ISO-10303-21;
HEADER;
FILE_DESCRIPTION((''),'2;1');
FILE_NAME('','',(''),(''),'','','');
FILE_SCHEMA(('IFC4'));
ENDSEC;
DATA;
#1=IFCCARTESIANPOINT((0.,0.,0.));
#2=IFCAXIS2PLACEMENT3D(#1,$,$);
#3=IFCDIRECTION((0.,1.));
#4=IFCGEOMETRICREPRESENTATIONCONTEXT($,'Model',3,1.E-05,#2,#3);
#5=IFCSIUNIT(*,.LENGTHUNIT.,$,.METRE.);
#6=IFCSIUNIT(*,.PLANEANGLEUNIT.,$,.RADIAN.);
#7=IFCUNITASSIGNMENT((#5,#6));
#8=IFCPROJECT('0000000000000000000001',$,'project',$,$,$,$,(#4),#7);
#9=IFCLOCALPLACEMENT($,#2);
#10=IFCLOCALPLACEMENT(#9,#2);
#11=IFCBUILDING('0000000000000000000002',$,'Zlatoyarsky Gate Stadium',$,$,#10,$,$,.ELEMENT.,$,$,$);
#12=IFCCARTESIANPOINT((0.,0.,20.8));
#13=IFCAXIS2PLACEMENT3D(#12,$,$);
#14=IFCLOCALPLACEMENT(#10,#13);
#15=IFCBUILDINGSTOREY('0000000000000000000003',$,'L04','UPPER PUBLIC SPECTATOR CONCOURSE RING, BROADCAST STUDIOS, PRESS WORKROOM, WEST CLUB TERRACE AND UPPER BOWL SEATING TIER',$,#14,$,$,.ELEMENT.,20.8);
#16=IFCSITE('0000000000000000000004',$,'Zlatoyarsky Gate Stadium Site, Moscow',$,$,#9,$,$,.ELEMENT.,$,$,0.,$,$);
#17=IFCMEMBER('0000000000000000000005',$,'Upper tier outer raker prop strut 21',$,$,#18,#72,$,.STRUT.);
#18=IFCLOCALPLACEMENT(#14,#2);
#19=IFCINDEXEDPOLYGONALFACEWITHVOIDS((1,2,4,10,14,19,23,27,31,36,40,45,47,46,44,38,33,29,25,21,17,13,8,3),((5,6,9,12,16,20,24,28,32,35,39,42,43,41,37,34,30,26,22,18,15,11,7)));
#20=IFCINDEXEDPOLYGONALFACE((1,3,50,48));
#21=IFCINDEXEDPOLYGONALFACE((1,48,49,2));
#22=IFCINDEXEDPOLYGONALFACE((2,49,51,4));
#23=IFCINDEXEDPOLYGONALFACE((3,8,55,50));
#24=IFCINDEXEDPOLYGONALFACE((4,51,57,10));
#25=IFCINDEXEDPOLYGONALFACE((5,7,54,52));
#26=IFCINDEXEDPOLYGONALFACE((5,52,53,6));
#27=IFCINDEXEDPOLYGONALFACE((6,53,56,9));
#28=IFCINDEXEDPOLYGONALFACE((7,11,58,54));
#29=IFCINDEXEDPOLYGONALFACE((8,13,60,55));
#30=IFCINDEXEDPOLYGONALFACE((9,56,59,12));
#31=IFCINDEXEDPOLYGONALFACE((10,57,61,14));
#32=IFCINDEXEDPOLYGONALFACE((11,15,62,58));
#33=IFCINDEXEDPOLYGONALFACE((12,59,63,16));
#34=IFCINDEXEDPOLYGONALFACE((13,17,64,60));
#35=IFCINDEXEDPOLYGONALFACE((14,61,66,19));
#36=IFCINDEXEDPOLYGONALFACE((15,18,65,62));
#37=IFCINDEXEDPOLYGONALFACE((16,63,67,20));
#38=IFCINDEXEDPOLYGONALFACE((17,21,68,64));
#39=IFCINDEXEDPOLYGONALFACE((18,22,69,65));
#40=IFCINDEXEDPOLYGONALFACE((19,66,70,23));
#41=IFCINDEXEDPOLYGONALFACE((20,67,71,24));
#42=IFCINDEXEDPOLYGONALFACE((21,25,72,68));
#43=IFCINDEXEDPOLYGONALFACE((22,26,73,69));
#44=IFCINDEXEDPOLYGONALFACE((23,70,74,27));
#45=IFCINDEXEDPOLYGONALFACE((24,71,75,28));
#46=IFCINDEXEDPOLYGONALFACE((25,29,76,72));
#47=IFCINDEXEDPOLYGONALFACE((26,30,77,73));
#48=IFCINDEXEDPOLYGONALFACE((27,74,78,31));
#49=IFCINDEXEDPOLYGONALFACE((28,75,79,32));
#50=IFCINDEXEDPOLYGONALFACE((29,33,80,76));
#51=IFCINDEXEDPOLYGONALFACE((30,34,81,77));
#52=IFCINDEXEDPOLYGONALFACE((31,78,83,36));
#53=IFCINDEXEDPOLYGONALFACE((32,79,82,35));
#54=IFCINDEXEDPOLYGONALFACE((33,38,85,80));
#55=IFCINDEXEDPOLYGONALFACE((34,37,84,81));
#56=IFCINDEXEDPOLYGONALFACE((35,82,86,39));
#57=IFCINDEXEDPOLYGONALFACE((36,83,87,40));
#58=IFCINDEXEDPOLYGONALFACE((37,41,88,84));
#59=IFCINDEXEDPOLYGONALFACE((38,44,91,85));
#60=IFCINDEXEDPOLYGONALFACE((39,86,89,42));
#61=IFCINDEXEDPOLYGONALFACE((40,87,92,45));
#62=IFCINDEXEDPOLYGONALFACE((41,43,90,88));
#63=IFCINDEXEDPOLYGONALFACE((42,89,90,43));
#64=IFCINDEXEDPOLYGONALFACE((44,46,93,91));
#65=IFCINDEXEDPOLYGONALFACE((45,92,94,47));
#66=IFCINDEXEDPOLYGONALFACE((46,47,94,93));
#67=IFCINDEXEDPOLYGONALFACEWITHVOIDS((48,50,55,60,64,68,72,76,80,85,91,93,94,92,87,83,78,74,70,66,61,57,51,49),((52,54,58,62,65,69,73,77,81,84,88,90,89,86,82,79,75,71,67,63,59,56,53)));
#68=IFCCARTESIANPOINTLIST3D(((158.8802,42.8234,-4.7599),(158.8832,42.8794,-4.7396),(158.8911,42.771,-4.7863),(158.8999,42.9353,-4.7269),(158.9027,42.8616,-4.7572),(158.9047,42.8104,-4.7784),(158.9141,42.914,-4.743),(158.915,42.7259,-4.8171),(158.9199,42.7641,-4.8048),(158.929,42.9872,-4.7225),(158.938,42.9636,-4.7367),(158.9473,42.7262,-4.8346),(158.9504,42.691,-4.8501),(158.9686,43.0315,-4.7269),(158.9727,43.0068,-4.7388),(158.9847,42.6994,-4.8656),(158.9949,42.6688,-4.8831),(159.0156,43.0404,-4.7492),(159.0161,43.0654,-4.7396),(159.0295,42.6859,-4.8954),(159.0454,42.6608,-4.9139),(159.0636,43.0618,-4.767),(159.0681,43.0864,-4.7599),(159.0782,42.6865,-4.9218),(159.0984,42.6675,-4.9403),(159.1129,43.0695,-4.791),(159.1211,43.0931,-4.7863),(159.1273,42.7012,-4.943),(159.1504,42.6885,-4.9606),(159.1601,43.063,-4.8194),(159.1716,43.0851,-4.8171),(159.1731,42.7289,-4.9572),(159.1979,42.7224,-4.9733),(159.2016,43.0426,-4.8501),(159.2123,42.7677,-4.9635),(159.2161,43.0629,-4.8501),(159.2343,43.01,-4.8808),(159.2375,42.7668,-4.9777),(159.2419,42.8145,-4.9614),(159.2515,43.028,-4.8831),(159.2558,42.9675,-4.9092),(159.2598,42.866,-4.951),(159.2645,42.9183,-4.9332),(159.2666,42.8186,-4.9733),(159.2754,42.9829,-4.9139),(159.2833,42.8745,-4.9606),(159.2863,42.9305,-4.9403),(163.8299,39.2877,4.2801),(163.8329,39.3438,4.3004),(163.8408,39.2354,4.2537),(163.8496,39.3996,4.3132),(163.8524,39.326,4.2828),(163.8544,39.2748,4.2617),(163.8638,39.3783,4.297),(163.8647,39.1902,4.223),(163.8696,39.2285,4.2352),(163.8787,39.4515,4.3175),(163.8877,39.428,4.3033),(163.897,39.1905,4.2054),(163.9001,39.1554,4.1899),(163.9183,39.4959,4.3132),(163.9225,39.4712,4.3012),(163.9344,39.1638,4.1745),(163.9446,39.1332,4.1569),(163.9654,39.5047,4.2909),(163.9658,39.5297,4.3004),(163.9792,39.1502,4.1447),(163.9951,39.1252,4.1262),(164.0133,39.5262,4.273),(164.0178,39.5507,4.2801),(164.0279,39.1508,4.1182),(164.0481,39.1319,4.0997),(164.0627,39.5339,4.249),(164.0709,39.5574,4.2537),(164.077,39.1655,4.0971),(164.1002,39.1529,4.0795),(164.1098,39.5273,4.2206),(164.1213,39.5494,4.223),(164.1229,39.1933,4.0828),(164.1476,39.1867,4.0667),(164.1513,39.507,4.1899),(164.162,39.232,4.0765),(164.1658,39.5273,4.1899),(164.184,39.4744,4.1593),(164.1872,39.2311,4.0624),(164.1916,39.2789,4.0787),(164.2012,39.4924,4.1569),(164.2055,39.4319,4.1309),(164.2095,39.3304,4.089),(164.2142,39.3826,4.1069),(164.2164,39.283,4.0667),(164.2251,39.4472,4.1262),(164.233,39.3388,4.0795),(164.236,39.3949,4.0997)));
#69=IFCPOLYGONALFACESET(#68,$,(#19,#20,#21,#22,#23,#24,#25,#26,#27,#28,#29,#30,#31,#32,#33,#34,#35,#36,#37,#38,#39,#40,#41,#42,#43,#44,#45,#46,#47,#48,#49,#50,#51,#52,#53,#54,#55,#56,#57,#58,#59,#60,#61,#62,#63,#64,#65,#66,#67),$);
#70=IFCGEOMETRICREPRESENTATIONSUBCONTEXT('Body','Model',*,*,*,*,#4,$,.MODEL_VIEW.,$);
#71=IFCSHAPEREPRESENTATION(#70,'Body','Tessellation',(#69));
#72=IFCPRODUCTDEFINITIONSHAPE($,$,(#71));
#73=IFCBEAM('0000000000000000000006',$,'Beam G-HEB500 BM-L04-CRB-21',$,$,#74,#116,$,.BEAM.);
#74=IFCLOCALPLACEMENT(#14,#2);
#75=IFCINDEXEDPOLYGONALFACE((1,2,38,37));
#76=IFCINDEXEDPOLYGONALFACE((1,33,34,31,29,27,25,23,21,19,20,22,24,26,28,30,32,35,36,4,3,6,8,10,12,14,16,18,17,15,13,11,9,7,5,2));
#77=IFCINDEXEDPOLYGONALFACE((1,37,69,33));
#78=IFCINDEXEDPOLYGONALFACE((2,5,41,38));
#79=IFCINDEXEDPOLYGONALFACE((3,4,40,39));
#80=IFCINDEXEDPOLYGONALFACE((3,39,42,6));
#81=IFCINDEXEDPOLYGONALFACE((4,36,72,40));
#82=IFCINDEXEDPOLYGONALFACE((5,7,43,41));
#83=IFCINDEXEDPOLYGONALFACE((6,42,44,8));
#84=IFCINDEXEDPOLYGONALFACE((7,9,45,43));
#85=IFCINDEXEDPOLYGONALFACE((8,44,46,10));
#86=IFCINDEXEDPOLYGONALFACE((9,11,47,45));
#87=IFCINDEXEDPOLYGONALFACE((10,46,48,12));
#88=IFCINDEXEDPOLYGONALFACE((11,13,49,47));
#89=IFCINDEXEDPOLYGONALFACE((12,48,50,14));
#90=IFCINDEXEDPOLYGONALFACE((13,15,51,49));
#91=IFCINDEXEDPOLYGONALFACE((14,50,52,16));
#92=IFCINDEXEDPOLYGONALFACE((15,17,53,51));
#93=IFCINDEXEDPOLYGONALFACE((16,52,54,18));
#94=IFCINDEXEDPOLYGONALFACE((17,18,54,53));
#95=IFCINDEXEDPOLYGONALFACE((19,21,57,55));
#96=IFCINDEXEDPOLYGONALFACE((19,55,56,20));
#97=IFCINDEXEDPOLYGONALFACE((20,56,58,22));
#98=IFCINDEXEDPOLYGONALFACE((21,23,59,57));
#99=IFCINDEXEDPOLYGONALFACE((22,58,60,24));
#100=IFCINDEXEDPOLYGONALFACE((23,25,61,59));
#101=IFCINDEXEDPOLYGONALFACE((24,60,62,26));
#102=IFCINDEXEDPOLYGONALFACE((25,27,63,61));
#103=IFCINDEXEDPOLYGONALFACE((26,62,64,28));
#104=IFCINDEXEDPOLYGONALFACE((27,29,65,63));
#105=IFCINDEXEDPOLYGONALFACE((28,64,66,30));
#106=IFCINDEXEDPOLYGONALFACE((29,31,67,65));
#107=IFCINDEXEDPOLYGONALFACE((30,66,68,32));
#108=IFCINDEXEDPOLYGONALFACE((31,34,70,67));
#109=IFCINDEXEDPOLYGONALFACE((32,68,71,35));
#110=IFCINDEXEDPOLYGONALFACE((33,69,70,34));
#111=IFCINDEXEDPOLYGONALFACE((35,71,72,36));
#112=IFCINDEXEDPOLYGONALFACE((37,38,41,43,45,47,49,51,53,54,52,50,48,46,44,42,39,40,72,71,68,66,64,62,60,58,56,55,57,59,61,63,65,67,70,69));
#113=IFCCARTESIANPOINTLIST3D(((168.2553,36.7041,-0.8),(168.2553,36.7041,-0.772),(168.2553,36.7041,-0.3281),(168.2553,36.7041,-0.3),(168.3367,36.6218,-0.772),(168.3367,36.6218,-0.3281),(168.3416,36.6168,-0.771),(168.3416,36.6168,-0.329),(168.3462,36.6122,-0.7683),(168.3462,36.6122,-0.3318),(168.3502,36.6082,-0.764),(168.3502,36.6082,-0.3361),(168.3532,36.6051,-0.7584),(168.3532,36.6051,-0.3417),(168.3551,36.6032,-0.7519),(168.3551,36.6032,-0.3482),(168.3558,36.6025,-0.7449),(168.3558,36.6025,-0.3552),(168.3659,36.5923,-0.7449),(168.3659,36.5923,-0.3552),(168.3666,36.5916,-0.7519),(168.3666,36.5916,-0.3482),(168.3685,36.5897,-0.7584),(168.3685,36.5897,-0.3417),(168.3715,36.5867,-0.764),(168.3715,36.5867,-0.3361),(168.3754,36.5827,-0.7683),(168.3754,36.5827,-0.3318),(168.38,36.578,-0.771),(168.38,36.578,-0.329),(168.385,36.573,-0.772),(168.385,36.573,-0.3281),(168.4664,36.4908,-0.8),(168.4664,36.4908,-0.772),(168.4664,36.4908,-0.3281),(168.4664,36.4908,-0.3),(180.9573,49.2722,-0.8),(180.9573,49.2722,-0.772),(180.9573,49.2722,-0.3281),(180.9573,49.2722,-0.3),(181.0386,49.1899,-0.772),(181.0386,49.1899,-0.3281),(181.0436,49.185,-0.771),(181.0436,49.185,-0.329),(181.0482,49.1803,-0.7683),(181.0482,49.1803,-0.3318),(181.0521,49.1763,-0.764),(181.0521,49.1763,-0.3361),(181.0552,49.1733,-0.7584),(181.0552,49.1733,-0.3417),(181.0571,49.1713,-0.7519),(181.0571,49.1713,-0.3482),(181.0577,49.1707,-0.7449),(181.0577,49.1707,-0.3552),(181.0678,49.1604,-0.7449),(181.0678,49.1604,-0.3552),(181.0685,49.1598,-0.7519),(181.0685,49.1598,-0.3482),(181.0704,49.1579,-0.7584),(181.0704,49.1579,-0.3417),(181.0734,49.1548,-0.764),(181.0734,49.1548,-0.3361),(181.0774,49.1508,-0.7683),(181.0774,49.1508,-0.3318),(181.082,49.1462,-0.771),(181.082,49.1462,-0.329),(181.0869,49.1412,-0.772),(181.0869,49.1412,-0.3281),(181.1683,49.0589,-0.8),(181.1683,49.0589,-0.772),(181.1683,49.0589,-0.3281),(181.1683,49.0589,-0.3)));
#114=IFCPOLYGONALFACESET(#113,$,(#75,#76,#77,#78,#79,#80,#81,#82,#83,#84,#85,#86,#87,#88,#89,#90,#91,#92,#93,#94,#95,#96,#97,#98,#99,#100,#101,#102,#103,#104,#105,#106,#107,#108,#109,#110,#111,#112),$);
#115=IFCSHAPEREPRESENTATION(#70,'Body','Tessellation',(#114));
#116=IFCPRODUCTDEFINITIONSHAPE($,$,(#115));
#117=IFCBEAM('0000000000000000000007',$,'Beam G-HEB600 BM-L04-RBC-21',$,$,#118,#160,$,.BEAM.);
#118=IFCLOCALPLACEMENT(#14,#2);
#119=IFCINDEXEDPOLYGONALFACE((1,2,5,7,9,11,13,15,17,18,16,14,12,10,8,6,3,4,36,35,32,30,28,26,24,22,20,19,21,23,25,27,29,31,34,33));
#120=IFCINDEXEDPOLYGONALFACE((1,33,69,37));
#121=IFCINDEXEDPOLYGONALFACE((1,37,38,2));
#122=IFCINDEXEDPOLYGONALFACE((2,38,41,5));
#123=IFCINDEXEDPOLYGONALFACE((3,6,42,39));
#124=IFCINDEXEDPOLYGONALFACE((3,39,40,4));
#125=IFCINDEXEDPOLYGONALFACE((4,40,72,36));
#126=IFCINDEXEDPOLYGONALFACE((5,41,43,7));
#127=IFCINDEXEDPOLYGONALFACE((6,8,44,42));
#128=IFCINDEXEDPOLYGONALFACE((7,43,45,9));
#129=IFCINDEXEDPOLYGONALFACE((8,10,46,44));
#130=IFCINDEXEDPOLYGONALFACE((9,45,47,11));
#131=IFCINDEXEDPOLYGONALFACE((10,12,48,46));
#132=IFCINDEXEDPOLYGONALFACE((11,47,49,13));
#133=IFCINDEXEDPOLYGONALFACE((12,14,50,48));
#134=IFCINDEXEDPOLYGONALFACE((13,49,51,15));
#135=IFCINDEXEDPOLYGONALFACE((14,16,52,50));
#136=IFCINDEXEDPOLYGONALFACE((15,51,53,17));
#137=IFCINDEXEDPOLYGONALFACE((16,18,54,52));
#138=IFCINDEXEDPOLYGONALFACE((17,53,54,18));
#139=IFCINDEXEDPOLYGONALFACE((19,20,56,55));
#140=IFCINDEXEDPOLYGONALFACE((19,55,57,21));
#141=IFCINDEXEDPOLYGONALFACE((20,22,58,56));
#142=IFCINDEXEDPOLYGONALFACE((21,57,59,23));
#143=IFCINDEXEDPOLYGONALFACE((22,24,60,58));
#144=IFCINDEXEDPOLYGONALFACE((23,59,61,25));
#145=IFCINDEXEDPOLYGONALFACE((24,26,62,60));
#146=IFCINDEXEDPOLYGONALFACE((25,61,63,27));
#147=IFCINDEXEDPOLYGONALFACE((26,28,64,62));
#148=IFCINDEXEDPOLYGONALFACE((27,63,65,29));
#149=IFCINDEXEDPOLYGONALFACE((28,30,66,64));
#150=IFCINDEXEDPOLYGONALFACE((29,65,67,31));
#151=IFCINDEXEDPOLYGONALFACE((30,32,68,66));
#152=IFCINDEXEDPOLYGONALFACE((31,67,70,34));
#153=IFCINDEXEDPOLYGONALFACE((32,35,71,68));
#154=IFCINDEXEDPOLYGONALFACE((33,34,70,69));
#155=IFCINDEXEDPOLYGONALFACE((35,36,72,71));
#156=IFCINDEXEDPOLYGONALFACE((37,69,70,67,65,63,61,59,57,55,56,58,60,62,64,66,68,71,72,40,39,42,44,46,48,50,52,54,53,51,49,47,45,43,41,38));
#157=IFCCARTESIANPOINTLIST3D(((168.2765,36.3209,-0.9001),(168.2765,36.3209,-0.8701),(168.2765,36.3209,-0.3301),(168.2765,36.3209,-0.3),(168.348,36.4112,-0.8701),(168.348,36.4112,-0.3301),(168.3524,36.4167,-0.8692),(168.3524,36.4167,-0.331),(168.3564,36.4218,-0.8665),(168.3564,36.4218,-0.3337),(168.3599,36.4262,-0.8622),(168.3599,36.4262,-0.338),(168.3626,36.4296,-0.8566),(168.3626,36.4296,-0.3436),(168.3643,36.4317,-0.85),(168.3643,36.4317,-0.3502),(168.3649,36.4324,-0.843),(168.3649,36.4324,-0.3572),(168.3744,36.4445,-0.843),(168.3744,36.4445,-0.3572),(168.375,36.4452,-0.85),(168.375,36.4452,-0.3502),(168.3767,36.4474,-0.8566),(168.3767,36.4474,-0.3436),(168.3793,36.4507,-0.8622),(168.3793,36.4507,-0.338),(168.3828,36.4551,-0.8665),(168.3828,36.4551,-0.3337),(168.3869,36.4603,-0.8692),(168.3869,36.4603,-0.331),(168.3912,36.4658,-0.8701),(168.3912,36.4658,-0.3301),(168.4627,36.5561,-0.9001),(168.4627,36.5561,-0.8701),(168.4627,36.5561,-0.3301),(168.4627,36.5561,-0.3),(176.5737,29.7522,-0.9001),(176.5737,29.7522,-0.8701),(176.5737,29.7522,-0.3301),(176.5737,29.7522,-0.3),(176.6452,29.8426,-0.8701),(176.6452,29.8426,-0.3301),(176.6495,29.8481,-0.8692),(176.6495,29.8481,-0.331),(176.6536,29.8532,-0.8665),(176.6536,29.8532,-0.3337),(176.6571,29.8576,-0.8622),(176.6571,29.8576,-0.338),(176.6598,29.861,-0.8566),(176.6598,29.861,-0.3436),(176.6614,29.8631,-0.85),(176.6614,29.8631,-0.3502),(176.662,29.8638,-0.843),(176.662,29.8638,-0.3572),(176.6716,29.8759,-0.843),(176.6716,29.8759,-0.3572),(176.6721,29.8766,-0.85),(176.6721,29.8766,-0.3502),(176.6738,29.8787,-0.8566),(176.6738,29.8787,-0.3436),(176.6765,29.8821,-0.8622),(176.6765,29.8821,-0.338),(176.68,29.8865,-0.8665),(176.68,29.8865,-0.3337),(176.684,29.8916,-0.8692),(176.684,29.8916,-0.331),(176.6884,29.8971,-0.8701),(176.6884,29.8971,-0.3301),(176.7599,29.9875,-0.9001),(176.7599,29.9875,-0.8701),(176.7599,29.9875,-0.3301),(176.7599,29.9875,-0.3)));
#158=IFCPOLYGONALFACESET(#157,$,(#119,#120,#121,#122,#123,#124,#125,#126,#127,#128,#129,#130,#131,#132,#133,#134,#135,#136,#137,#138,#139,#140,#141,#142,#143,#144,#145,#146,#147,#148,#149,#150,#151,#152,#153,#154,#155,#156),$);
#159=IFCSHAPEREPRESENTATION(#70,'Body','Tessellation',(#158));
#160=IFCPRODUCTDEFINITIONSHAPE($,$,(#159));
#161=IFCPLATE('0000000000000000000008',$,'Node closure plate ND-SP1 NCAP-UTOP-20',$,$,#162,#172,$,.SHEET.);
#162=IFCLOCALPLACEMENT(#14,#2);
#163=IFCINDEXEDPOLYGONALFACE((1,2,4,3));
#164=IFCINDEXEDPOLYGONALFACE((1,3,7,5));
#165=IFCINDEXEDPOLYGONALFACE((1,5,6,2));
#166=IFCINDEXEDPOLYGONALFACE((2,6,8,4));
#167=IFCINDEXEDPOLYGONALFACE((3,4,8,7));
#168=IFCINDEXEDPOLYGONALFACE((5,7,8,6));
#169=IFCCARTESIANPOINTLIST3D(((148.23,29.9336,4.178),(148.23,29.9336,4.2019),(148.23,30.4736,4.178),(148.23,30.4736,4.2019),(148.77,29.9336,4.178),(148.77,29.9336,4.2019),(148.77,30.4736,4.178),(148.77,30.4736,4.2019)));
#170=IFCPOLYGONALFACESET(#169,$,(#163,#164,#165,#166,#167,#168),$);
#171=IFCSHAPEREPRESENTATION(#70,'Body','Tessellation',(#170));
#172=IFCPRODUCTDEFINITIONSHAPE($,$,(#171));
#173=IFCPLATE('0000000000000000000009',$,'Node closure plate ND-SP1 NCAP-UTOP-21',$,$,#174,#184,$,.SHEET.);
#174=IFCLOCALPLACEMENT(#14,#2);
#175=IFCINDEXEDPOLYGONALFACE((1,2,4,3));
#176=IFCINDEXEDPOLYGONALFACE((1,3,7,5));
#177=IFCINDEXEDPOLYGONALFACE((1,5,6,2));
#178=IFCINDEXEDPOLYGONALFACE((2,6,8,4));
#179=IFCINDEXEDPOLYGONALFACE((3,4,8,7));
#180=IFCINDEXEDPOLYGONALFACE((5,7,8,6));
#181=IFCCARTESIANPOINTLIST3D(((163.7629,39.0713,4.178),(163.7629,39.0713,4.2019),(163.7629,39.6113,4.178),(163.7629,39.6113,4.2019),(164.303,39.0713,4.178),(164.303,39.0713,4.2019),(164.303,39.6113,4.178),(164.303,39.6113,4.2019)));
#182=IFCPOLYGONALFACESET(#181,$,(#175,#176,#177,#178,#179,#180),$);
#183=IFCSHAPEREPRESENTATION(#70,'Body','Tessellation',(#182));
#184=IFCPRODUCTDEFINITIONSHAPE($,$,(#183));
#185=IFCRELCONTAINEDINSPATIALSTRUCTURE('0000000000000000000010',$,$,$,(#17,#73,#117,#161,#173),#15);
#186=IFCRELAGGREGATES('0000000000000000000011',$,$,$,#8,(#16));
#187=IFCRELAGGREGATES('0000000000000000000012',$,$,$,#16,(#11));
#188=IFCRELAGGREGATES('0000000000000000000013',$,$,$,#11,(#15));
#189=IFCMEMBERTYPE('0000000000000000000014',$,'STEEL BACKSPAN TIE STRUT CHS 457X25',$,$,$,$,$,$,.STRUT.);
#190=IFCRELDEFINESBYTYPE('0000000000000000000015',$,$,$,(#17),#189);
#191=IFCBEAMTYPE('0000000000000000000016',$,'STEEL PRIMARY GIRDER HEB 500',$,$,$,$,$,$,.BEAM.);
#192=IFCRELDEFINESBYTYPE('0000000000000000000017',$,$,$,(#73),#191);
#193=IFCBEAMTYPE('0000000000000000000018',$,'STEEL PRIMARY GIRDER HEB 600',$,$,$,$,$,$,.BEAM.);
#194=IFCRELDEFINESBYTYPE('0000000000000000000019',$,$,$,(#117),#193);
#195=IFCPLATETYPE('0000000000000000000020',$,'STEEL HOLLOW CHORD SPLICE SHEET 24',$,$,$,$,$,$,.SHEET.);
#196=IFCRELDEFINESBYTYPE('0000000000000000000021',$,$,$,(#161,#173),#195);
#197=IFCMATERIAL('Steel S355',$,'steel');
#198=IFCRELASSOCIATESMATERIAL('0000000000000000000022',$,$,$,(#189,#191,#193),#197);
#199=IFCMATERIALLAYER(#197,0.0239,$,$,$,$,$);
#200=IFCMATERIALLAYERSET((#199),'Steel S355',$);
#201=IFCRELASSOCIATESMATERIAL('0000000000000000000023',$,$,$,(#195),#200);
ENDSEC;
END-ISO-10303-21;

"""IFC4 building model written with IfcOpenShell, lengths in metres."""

from ifc_helpers import new_model, si_unit, direction, frame, origin, origin_2d, place, context, subcontext, project, spatial, rectangle, hollow_circle, i_section, extrude, material, layer, layer_set, material_profile, profile_set, type_object, element, save


model = new_model("IFC4")

# Units and contexts
model_context = context("Model", 3, precision=1e-05, world=origin(), true_north=direction((0.0, 1.0)))
body_context = subcontext(model_context, "Body", "Model", "MODEL_VIEW")
ifc_project = project(units=[si_unit("LENGTHUNIT", "METRE"), si_unit("PLANEANGLEUNIT", "RADIAN")], contexts=[model_context])

# Site, building, storey
site_placement = place(None, origin())
site = spatial("IfcSite", under=ifc_project, at=site_placement, Name="Zlatoyarsky Gate Stadium Site, Moscow", CompositionType="ELEMENT", RefElevation=0.0)
building_placement = place(site_placement, origin())
building = spatial("IfcBuilding", under=site, at=building_placement, Name="Zlatoyarsky Gate Stadium", CompositionType="ELEMENT")
storey_placement = place(building_placement, frame((0.0, 0.0, 20.8)))
storey = spatial("IfcBuildingStorey", under=building, at=storey_placement, Name="L04", Description="UPPER PUBLIC SPECTATOR CONCOURSE RING, BROADCAST STUDIOS, PRESS WORKROOM, WEST CLUB TERRACE AND UPPER BOWL SEATING TIER", CompositionType="ELEMENT", Elevation=20.8)

# Shared definitions
ifc_material_1 = material(Name="Steel S355", Category="steel")

# Member
ifc_material_profile_1 = material_profile(ifc_material_1, hollow_circle(Radius=0.2285, WallThickness=0.0249, at=origin_2d()), Name="CHS 457X25")
ifc_profile_set_1 = profile_set([ifc_material_profile_1], Name="Steel S355")
member_type = type_object("IfcMemberType", Name="STEEL BACKSPAN TIE STRUT CHS 457X25", PredefinedType="STRUT", material=ifc_profile_set_1)
member_1_placement = place(storey_placement, frame((159.0833, 42.877, -4.8501), z_axis=(0.454269, -0.32449, 0.829666), x_axis=(0.581253, 0.813723, 0.0)))
element("IfcMember", 1, at=member_1_placement, inside=storey, type_object=member_type, Name="Upper tier outer raker prop strut 21", PredefinedType="STRUT", context=body_context, shape_type="SweptSolid", body=[
    extrude(hollow_circle(Radius=0.2285, WallThickness=0.0249, at=origin_2d()), origin(), (0.0, 0.0, 1.0), 10.896),
])

# Beams
ifc_material_profile_2 = material_profile(ifc_material_1, i_section(OverallWidth=0.3, OverallDepth=0.5, WebThickness=0.0144, FlangeThickness=0.0281, FilletRadius=0.0271, at=origin_2d()), Name="HEB 500")
ifc_profile_set_2 = profile_set([ifc_material_profile_2], Name="Steel S355")
beam_type_1 = type_object("IfcBeamType", Name="STEEL PRIMARY GIRDER HEB 500", PredefinedType="BEAM", material=ifc_profile_set_2)
beam_1_placement = place(storey_placement, frame((168.3608, 36.5974, -0.55), z_axis=(0.710841, 0.703353, 0.0), x_axis=(-0.703353, 0.710841, 0.0)))
element("IfcBeam", 2, at=beam_1_placement, inside=storey, type_object=beam_type_1, Name="Beam G-HEB500 BM-L04-CRB-21", PredefinedType="BEAM", context=body_context, shape_type="SweptSolid", body=[
    extrude(i_section(OverallWidth=0.3, OverallDepth=0.5, WebThickness=0.0144, FlangeThickness=0.0281, FilletRadius=0.0271, at=origin_2d()), origin(), (0.0, 0.0, 1.0), 17.8689),
])
ifc_material_profile_3 = material_profile(ifc_material_1, i_section(OverallWidth=0.3, OverallDepth=0.6001, WebThickness=0.0154, FlangeThickness=0.03, FilletRadius=0.0271, at=origin_2d()), Name="HEB 600")
ifc_profile_set_3 = profile_set([ifc_material_profile_3], Name="Steel S355")
beam_type_2 = type_object("IfcBeamType", Name="STEEL PRIMARY GIRDER HEB 600", PredefinedType="BEAM", material=ifc_profile_set_3)
beam_2_placement = place(storey_placement, frame((168.3696, 36.4385, -0.6001), z_axis=(0.784043, -0.620706, 0.0), x_axis=(0.620706, 0.784043, 0.0)))
element("IfcBeam", 3, at=beam_2_placement, inside=storey, type_object=beam_type_2, Name="Beam G-HEB600 BM-L04-RBC-21", PredefinedType="BEAM", context=body_context, shape_type="SweptSolid", body=[
    extrude(i_section(OverallWidth=0.3, OverallDepth=0.6001, WebThickness=0.0154, FlangeThickness=0.03, FilletRadius=0.0271, at=origin_2d()), origin(), (0.0, 0.0, 1.0), 10.5825),
])

# Plates
ifc_layer_1 = layer(ifc_material_1, 0.0239)
ifc_layer_set_1 = layer_set([ifc_layer_1], Name="Steel S355")
plate_type = type_object("IfcPlateType", Name="STEEL HOLLOW CHORD SPLICE SHEET 24", PredefinedType="SHEET", material=ifc_layer_set_1)
for number, where, z_axis, x_axis, name in (
    (4, (148.5, 30.2036, 4.178), (0.0, 0.0, 1.0), (1.0, 0.0, 0.0), "Node closure plate ND-SP1 NCAP-UTOP-20"),
    (5, (164.033, 39.3413, 4.178), (0.0, 0.0, 1.0), (1.0, 0.0, 0.0), "Node closure plate ND-SP1 NCAP-UTOP-21"),
):
    element("IfcPlate", number, at=place(storey_placement, frame(where, z_axis=z_axis, x_axis=x_axis)), inside=storey, type_object=plate_type, Name=name, PredefinedType="SHEET", context=body_context, shape_type="SweptSolid", body=[
        extrude(rectangle(XDim=0.54, YDim=0.54, at=origin_2d()), origin(), (0.0, 0.0, 1.0), 0.0239),
    ])

save(model, "model.ifc")
